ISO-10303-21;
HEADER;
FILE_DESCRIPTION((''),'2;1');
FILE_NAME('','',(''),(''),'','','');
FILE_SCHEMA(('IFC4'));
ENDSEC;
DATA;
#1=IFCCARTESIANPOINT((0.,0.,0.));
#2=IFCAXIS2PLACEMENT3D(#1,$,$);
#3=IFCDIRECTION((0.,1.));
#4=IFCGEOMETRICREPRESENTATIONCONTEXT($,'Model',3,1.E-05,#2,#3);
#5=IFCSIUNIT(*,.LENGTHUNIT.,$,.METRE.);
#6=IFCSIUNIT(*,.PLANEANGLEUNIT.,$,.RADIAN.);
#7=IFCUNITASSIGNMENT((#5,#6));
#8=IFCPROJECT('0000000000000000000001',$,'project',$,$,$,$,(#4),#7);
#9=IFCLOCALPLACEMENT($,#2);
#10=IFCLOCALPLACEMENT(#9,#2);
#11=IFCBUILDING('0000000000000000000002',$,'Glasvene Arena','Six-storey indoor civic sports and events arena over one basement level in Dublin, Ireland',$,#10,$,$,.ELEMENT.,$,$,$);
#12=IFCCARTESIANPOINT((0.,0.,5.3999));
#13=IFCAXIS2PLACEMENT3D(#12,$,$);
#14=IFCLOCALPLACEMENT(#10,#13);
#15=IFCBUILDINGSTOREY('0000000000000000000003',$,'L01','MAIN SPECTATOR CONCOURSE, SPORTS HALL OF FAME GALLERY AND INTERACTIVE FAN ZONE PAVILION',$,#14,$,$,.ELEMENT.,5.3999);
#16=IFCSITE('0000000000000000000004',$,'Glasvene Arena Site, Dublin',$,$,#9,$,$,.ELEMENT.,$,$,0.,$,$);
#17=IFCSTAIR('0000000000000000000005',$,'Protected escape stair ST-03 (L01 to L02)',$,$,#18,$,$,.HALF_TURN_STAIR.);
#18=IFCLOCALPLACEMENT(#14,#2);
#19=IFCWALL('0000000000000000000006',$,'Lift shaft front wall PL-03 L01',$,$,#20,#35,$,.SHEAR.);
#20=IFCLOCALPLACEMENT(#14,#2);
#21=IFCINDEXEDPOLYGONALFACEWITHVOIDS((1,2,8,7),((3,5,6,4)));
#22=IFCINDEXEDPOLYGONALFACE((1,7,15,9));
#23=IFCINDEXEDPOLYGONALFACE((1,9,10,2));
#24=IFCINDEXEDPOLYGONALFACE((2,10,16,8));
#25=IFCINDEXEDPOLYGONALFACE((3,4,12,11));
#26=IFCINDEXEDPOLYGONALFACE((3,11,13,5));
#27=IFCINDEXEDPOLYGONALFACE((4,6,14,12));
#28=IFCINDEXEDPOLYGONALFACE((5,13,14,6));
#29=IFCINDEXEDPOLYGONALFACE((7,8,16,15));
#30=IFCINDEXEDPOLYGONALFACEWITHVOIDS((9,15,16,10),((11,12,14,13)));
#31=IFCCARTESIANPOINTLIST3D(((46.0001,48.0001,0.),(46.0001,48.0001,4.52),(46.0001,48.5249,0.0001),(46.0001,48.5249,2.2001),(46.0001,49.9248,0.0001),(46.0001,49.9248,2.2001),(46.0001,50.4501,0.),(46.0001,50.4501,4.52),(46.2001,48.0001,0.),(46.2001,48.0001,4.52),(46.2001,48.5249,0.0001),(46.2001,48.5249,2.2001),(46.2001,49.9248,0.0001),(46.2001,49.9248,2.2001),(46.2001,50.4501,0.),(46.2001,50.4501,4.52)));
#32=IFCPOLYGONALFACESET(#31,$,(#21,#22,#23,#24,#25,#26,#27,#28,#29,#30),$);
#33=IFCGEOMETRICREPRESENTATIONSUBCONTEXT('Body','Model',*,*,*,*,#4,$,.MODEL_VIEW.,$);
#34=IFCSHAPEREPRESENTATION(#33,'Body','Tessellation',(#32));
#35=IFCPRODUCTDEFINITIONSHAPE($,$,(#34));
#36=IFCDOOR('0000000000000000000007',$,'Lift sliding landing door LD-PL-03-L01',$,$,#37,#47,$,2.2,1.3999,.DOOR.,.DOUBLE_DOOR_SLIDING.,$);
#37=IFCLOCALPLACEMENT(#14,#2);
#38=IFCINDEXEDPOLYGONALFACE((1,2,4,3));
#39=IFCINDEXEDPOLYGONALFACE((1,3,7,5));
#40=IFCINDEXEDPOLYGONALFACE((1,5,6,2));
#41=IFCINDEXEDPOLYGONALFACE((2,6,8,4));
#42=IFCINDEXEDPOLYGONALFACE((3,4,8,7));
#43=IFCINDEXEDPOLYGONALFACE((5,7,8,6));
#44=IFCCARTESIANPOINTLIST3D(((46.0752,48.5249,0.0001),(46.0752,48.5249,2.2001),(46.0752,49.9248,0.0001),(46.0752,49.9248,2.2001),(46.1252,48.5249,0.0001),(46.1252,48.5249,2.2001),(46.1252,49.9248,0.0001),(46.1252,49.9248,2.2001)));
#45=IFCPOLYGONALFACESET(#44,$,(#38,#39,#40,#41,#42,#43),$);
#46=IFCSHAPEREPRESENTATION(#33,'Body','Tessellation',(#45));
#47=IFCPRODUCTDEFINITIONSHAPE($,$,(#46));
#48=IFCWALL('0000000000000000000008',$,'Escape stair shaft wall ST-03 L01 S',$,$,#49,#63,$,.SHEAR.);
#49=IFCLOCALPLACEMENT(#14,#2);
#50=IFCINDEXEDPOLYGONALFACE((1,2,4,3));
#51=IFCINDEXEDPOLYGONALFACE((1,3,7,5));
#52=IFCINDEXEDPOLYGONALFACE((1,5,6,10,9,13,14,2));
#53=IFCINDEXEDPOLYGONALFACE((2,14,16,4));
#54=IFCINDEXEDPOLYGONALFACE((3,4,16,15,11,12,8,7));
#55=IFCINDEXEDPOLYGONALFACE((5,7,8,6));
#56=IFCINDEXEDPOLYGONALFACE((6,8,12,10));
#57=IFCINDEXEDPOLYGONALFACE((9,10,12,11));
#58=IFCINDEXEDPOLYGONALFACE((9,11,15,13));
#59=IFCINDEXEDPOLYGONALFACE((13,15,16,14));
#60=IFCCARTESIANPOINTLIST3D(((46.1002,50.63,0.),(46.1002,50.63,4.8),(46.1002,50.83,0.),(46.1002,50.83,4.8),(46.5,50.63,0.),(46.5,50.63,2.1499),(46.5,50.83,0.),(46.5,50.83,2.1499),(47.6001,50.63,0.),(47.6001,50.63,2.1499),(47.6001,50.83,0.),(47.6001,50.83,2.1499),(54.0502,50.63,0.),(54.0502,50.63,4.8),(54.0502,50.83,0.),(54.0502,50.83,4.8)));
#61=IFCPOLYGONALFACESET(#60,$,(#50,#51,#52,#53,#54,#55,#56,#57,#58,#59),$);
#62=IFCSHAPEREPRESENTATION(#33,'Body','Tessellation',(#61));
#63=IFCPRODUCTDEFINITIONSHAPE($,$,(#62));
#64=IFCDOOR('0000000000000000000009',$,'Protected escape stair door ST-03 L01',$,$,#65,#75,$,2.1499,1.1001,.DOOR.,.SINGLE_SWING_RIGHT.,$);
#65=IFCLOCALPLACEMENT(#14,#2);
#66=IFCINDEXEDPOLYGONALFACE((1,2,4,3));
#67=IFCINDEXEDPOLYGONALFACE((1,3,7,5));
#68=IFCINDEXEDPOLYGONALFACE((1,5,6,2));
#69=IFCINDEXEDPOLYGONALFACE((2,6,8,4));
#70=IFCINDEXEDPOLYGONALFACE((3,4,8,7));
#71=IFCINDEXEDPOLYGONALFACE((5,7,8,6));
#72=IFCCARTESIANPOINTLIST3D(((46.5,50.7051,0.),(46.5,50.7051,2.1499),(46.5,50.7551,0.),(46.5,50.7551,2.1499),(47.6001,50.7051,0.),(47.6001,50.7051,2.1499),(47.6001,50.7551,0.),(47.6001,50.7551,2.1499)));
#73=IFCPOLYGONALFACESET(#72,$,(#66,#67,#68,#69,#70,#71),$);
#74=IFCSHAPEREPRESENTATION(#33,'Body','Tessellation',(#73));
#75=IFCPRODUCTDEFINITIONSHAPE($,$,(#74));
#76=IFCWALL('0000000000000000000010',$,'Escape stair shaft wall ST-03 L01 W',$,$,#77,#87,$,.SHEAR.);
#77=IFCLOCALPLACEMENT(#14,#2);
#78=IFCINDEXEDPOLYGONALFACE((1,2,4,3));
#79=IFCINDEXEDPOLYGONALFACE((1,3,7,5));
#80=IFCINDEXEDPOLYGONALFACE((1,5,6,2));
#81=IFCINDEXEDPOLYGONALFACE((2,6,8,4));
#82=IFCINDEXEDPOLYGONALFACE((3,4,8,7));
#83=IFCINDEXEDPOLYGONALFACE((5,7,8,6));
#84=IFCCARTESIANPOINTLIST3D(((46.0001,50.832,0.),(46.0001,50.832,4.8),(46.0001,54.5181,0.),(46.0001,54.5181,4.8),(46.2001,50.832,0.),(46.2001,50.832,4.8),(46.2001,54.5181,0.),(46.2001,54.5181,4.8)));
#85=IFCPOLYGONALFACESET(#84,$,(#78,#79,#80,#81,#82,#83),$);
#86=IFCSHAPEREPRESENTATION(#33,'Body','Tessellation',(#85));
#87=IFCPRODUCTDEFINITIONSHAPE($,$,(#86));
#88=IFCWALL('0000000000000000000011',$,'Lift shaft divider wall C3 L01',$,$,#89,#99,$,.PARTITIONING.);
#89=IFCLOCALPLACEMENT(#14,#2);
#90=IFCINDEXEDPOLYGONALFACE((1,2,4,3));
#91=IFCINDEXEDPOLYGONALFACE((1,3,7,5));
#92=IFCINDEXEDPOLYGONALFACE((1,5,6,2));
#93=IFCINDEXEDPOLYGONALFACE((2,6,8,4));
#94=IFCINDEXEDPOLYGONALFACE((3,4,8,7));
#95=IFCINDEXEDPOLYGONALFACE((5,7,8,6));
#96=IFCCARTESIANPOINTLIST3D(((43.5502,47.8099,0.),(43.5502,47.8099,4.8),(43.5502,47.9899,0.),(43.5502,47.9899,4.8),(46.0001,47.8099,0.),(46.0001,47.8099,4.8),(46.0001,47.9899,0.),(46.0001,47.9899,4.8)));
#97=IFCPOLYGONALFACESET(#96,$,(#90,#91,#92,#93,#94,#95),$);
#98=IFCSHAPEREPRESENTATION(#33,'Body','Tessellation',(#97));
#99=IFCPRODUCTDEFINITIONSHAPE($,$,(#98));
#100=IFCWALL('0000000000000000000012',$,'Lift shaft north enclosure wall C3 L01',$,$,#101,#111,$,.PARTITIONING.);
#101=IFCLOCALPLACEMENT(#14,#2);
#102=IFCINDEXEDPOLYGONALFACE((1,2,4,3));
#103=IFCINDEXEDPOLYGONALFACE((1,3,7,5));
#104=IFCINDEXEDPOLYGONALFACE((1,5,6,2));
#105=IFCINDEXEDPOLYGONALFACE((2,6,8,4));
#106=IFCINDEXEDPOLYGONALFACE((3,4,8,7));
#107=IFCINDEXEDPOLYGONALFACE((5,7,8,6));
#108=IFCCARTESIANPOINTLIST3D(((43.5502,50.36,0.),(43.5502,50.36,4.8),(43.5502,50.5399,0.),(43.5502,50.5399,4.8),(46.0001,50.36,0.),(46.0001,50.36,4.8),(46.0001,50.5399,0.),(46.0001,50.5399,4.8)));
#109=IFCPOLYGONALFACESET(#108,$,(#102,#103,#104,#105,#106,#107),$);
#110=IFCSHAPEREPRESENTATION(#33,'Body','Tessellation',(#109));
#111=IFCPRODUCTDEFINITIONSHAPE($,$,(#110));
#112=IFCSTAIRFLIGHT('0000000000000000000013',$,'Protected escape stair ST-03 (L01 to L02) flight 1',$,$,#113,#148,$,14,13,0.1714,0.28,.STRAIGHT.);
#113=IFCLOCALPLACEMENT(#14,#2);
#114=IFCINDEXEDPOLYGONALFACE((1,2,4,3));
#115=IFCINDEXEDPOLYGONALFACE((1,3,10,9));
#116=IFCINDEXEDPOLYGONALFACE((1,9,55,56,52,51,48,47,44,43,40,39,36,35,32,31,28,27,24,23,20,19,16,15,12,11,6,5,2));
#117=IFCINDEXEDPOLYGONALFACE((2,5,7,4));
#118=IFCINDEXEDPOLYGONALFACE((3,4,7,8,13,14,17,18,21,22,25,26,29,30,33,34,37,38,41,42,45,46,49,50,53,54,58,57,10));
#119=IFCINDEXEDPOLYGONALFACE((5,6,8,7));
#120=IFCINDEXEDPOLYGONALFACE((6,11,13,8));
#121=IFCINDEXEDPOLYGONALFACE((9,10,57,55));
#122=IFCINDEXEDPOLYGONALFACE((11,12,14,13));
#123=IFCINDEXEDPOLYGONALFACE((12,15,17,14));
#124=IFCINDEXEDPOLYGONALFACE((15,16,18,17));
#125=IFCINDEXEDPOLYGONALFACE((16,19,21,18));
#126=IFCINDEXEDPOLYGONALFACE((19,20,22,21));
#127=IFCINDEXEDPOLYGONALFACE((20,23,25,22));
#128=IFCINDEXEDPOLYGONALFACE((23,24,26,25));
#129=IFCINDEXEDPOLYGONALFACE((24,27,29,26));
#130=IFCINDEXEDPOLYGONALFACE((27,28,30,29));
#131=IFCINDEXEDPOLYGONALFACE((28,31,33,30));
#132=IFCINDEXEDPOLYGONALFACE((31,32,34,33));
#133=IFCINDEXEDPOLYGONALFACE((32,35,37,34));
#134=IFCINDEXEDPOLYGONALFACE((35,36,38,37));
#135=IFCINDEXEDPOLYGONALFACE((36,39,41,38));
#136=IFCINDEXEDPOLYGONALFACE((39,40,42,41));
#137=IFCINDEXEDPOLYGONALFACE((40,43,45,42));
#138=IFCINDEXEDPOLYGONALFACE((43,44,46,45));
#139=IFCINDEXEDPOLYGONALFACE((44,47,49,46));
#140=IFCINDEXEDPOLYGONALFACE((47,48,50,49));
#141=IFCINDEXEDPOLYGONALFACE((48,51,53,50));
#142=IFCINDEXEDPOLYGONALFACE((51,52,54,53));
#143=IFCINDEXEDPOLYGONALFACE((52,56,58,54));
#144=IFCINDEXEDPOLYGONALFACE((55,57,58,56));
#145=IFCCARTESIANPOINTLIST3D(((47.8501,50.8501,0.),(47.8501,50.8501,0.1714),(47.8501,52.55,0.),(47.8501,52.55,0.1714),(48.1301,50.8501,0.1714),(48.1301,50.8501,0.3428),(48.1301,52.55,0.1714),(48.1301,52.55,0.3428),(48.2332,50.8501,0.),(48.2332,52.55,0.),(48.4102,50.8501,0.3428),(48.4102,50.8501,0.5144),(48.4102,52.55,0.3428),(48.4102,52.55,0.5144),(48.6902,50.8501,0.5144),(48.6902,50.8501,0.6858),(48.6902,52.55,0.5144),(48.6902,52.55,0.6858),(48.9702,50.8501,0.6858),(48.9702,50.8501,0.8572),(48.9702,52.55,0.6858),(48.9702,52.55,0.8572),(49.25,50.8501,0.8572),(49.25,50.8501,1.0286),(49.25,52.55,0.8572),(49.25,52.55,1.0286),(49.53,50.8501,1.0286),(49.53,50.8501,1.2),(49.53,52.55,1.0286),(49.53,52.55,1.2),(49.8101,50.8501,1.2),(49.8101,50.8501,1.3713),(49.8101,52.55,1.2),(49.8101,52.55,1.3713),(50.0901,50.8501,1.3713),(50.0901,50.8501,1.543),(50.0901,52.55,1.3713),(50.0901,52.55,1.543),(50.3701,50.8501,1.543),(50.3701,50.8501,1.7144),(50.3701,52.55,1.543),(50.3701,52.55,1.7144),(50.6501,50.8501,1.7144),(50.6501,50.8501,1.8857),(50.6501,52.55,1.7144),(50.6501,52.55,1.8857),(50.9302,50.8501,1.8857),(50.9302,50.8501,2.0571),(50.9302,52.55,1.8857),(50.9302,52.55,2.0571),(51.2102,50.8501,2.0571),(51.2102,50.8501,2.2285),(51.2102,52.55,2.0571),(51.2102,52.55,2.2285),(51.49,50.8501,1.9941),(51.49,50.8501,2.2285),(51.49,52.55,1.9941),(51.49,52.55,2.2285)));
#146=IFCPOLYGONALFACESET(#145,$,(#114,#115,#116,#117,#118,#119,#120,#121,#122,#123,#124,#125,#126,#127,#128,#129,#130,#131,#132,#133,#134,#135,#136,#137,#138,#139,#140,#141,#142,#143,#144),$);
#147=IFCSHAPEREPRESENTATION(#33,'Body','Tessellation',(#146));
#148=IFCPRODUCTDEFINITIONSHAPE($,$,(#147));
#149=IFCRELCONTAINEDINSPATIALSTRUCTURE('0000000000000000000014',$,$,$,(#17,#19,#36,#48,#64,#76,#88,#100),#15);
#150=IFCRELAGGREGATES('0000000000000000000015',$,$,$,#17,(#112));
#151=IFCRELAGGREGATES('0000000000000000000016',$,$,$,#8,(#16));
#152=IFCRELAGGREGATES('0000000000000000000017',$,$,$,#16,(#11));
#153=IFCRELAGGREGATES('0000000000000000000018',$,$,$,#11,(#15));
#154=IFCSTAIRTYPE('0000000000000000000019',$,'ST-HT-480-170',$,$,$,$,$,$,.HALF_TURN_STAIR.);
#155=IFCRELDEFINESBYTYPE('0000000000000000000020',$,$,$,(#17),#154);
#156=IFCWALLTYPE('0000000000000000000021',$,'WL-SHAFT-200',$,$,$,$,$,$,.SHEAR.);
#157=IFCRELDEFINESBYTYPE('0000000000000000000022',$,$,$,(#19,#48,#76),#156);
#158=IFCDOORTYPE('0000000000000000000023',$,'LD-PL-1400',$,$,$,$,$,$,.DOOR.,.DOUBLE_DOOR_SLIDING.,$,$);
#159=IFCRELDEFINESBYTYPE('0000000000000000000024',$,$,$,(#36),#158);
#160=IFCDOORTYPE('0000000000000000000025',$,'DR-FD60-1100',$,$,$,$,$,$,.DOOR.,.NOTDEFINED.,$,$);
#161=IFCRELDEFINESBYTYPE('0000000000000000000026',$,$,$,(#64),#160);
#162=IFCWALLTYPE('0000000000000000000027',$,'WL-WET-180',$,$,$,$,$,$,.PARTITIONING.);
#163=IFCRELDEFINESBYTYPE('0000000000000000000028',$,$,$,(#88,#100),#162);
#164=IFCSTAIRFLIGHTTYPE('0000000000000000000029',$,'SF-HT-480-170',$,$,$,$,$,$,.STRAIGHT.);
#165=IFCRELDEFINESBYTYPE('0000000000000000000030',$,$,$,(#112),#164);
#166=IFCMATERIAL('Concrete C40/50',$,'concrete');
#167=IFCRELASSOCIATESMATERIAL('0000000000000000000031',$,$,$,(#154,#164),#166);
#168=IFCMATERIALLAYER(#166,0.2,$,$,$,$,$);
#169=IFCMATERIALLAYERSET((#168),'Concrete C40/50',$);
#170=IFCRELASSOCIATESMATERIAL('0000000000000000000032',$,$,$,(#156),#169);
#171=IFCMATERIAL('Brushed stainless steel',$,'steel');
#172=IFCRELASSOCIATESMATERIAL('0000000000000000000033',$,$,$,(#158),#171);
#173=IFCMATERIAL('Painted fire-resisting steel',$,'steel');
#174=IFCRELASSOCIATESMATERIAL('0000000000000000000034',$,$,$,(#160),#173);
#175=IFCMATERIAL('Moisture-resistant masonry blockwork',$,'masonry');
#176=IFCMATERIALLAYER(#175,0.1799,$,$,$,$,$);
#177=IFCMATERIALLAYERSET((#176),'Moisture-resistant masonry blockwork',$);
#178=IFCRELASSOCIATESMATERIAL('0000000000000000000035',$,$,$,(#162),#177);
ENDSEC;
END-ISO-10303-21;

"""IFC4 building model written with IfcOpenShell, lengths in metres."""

from ifc_helpers import new_model, si_unit, direction, frame, frame_2d, origin, place, context, subcontext, project, spatial, polyline, rectangle, outline, extrude, material, layer, layer_set, type_object, element, fill, aggregate, save


model = new_model("IFC4")

# Units and contexts
model_context = context("Model", 3, precision=1e-05, world=origin(), true_north=direction((0.0, 1.0)))
body_context = subcontext(model_context, "Body", "Model", "MODEL_VIEW")
ifc_project = project(units=[si_unit("LENGTHUNIT", "METRE"), si_unit("PLANEANGLEUNIT", "RADIAN")], contexts=[model_context])

# Site, building, storey
site_placement = place(None, origin())
site = spatial("IfcSite", under=ifc_project, at=site_placement, Name="Glasvene Arena Site, Dublin", CompositionType="ELEMENT", RefElevation=0.0)
building_placement = place(site_placement, origin())
building = spatial("IfcBuilding", under=site, at=building_placement, Name="Glasvene Arena", Description="Six-storey indoor civic sports and events arena over one basement level in Dublin, Ireland", CompositionType="ELEMENT")
storey_placement = place(building_placement, frame((0.0, 0.0, 5.3999)))
storey = spatial("IfcBuildingStorey", under=building, at=storey_placement, Name="L01", Description="MAIN SPECTATOR CONCOURSE, SPORTS HALL OF FAME GALLERY AND INTERACTIVE FAN ZONE PAVILION", CompositionType="ELEMENT", Elevation=5.3999)

# Shared definitions
ifc_material_1 = material(Name="Concrete C40/50", Category="concrete")

# Stair
stair_type = type_object("IfcStairType", Name="ST-HT-480-170", PredefinedType="HALF_TURN_STAIR", material=ifc_material_1)
stair_placement = place(storey_placement, origin())
stair = element("IfcStair", 1, at=stair_placement, inside=storey, type_object=stair_type, Name="Protected escape stair ST-03 (L01 to L02)", PredefinedType="HALF_TURN_STAIR")

# Shared definitions
ifc_material_2 = material(Name="Painted fire-resisting steel", Category="steel")

# Walls, openings, doors
ifc_layer_1 = layer(ifc_material_1, 0.2)
ifc_layer_set_1 = layer_set([ifc_layer_1], Name="Concrete C40/50")
wall_type_1 = type_object("IfcWallType", Name="WL-SHAFT-200", PredefinedType="SHEAR", material=ifc_layer_set_1)
wall_1_placement = place(storey_placement, frame((46.1001, 48.0, 0.0), z_axis=(0.0, 0.0, 1.0), x_axis=(0.0, 1.0, 0.0)))
wall_1 = element("IfcWall", 2, at=wall_1_placement, inside=storey, type_object=wall_type_1, Name="Lift shaft front wall PL-03 L01", PredefinedType="SHEAR", context=body_context, shape_type="SweptSolid", body=[
    extrude(rectangle(XDim=2.45, YDim=0.2, at=frame_2d((1.2251, 0.0))), origin(), (0.0, 0.0, 1.0), 4.52),
])
opening_1_placement = place(wall_1_placement, frame((0.5249, 0.0, 0.0)))
opening_1 = element("IfcOpeningElement", 3, at=opening_1_placement, cuts=wall_1, PredefinedType="OPENING", context=body_context, shape_type="SweptSolid", body=[
    extrude(rectangle(XDim=1.3999, YDim=2.2, at=frame_2d((0.7, 1.1001))), frame((0.0, 0.1099, 0.0), z_axis=(0.0, -1.0, 0.0), x_axis=(1.0, 0.0, 0.0)), (0.0, 0.0, 1.0), 0.22),
])
ifc_material_3 = material(Name="Brushed stainless steel", Category="steel")
door_type_1 = type_object("IfcDoorType", Name="LD-PL-1400", OperationType="DOUBLE_DOOR_SLIDING", PredefinedType="DOOR", material=ifc_material_3)
door_1_placement = place(opening_1_placement, origin())
door_1 = element("IfcDoor", 4, at=door_1_placement, inside=storey, type_object=door_type_1, Name="Lift sliding landing door LD-PL-03-L01", OperationType="DOUBLE_DOOR_SLIDING", OverallHeight=2.2, OverallWidth=1.3999, PredefinedType="DOOR", context=body_context, shape_type="SweptSolid", body=[
    extrude(rectangle(XDim=1.3999, YDim=2.2, at=frame_2d((0.7, 1.1001))), frame((0.0, 0.0249, 0.0), z_axis=(0.0, -1.0, 0.0), x_axis=(1.0, 0.0, 0.0)), (0.0, 0.0, 1.0), 0.05),
])
fill(opening_1, door_1)
wall_2_placement = place(storey_placement, frame((46.1001, 50.73, 0.0), z_axis=(0.0, 0.0, 1.0), x_axis=(1.0, 0.0, 0.0)))
wall_2 = element("IfcWall", 5, at=wall_2_placement, inside=storey, type_object=wall_type_1, Name="Escape stair shaft wall ST-03 L01 S", PredefinedType="SHEAR", context=body_context, shape_type="SweptSolid", body=[
    extrude(rectangle(XDim=7.95, YDim=0.2, at=frame_2d((3.9751, 0.0))), origin(), (0.0, 0.0, 1.0), 4.8),
])
opening_2_placement = place(wall_2_placement, frame((0.3999, 0.0, 0.0)))
opening_2 = element("IfcOpeningElement", 6, at=opening_2_placement, cuts=wall_2, PredefinedType="OPENING", context=body_context, shape_type="SweptSolid", body=[
    extrude(rectangle(XDim=1.1001, YDim=2.1499, at=frame_2d((0.55, 1.075))), frame((0.0, 0.1099, 0.0), z_axis=(0.0, -1.0, 0.0), x_axis=(1.0, 0.0, 0.0)), (0.0, 0.0, 1.0), 0.22),
])
door_type_2 = type_object("IfcDoorType", Name="DR-FD60-1100", OperationType="NOTDEFINED", PredefinedType="DOOR", material=ifc_material_2)
door_2_placement = place(opening_2_placement, frame((1.1001, 0.0, 0.0), z_axis=(0.0, 0.0, 1.0), x_axis=(-1.0, 0.0, 0.0)))
door_2 = element("IfcDoor", 7, at=door_2_placement, inside=storey, type_object=door_type_2, Name="Protected escape stair door ST-03 L01", OperationType="SINGLE_SWING_RIGHT", OverallHeight=2.1499, OverallWidth=1.1001, PredefinedType="DOOR", context=body_context, shape_type="SweptSolid", body=[
    extrude(rectangle(XDim=1.1001, YDim=2.1499, at=frame_2d((0.55, 1.075))), frame((0.0, 0.0249, 0.0), z_axis=(0.0, -1.0, 0.0), x_axis=(1.0, 0.0, 0.0)), (0.0, 0.0, 1.0), 0.05),
])
fill(opening_2, door_2)

# Walls
wall_3_placement = place(storey_placement, frame((46.1001, 50.832, 0.0), z_axis=(0.0, 0.0, 1.0), x_axis=(0.0, 1.0, 0.0)))
element("IfcWall", 8, at=wall_3_placement, inside=storey, type_object=wall_type_1, Name="Escape stair shaft wall ST-03 L01 W", PredefinedType="SHEAR", context=body_context, shape_type="SweptSolid", body=[
    extrude(rectangle(XDim=3.686, YDim=0.2, at=frame_2d((1.843, 0.0))), origin(), (0.0, 0.0, 1.0), 4.8),
])
ifc_material_4 = material(Name="Moisture-resistant masonry blockwork", Category="masonry")
ifc_layer_2 = layer(ifc_material_4, 0.1799)
ifc_layer_set_2 = layer_set([ifc_layer_2], Name="Moisture-resistant masonry blockwork")
wall_type_2 = type_object("IfcWallType", Name="WL-WET-180", PredefinedType="PARTITIONING", material=ifc_layer_set_2)
for number, where, z_axis, x_axis, name in (
    (9, (43.55, 47.8999, 0.0), (0.0, 0.0, 1.0), (1.0, 0.0, 0.0), "Lift shaft divider wall C3 L01"),
    (10, (43.55, 50.45, 0.0), (0.0, 0.0, 1.0), (1.0, 0.0, 0.0), "Lift shaft north enclosure wall C3 L01"),
):
    element("IfcWall", number, at=place(storey_placement, frame(where, z_axis=z_axis, x_axis=x_axis)), inside=storey, type_object=wall_type_2, Name=name, PredefinedType="PARTITIONING", context=body_context, shape_type="SweptSolid", body=[
        extrude(rectangle(XDim=2.45, YDim=0.1799, at=frame_2d((1.2251, 0.0))), origin(), (0.0, 0.0, 1.0), 4.8),
    ])

# Stair flight
stair_flight_type = type_object("IfcStairFlightType", Name="SF-HT-480-170", PredefinedType="STRAIGHT", material=ifc_material_1)
stair_flight_1_placement = place(storey_placement, frame((47.8501, 51.7, 0.0), z_axis=(0.0, 0.0, 1.0), x_axis=(1.0, 0.0, 0.0)))
stair_flight_1 = element("IfcStairFlight", 11, at=stair_flight_1_placement, type_object=stair_flight_type, Name="Protected escape stair ST-03 (L01 to L02) flight 1", NumberOfRisers=14, NumberOfTreads=13, PredefinedType="STRAIGHT", RiserHeight=0.1714, TreadLength=0.28, context=body_context, shape_type="SweptSolid", body=[
    extrude(outline(polyline([(0.0, 0.0), (0.0, 0.1714), (0.28, 0.1714), (0.28, 0.3428), (0.5601, 0.3428), (0.5601, 0.5144), (0.8401, 0.5144), (0.8401, 0.6858), (1.1201, 0.6858), (1.1201, 0.8572), (1.3999, 0.8572), (1.3999, 1.0286), (1.6799, 1.0286), (1.6799, 1.2), (1.96, 1.2), (1.96, 1.3713), (2.24, 1.3713), (2.24, 1.543), (2.52, 1.543), (2.52, 1.7144), (2.8, 1.7144), (2.8, 1.8857), (3.0801, 1.8857), (3.0801, 2.0571), (3.3601, 2.0571), (3.3601, 2.2285), (3.6399, 2.2285), (3.6399, 2.3999), (3.6399, 1.9941), (0.3831, 0.0), (0.0, 0.0)])), frame((0.0, 0.8501, 0.0), z_axis=(0.0, -1.0, 0.0), x_axis=(1.0, 0.0, 0.0)), (0.0, 0.0, 1.0), 1.7),
])
aggregate(stair, [stair_flight_1])

save(model, "model.ifc")
